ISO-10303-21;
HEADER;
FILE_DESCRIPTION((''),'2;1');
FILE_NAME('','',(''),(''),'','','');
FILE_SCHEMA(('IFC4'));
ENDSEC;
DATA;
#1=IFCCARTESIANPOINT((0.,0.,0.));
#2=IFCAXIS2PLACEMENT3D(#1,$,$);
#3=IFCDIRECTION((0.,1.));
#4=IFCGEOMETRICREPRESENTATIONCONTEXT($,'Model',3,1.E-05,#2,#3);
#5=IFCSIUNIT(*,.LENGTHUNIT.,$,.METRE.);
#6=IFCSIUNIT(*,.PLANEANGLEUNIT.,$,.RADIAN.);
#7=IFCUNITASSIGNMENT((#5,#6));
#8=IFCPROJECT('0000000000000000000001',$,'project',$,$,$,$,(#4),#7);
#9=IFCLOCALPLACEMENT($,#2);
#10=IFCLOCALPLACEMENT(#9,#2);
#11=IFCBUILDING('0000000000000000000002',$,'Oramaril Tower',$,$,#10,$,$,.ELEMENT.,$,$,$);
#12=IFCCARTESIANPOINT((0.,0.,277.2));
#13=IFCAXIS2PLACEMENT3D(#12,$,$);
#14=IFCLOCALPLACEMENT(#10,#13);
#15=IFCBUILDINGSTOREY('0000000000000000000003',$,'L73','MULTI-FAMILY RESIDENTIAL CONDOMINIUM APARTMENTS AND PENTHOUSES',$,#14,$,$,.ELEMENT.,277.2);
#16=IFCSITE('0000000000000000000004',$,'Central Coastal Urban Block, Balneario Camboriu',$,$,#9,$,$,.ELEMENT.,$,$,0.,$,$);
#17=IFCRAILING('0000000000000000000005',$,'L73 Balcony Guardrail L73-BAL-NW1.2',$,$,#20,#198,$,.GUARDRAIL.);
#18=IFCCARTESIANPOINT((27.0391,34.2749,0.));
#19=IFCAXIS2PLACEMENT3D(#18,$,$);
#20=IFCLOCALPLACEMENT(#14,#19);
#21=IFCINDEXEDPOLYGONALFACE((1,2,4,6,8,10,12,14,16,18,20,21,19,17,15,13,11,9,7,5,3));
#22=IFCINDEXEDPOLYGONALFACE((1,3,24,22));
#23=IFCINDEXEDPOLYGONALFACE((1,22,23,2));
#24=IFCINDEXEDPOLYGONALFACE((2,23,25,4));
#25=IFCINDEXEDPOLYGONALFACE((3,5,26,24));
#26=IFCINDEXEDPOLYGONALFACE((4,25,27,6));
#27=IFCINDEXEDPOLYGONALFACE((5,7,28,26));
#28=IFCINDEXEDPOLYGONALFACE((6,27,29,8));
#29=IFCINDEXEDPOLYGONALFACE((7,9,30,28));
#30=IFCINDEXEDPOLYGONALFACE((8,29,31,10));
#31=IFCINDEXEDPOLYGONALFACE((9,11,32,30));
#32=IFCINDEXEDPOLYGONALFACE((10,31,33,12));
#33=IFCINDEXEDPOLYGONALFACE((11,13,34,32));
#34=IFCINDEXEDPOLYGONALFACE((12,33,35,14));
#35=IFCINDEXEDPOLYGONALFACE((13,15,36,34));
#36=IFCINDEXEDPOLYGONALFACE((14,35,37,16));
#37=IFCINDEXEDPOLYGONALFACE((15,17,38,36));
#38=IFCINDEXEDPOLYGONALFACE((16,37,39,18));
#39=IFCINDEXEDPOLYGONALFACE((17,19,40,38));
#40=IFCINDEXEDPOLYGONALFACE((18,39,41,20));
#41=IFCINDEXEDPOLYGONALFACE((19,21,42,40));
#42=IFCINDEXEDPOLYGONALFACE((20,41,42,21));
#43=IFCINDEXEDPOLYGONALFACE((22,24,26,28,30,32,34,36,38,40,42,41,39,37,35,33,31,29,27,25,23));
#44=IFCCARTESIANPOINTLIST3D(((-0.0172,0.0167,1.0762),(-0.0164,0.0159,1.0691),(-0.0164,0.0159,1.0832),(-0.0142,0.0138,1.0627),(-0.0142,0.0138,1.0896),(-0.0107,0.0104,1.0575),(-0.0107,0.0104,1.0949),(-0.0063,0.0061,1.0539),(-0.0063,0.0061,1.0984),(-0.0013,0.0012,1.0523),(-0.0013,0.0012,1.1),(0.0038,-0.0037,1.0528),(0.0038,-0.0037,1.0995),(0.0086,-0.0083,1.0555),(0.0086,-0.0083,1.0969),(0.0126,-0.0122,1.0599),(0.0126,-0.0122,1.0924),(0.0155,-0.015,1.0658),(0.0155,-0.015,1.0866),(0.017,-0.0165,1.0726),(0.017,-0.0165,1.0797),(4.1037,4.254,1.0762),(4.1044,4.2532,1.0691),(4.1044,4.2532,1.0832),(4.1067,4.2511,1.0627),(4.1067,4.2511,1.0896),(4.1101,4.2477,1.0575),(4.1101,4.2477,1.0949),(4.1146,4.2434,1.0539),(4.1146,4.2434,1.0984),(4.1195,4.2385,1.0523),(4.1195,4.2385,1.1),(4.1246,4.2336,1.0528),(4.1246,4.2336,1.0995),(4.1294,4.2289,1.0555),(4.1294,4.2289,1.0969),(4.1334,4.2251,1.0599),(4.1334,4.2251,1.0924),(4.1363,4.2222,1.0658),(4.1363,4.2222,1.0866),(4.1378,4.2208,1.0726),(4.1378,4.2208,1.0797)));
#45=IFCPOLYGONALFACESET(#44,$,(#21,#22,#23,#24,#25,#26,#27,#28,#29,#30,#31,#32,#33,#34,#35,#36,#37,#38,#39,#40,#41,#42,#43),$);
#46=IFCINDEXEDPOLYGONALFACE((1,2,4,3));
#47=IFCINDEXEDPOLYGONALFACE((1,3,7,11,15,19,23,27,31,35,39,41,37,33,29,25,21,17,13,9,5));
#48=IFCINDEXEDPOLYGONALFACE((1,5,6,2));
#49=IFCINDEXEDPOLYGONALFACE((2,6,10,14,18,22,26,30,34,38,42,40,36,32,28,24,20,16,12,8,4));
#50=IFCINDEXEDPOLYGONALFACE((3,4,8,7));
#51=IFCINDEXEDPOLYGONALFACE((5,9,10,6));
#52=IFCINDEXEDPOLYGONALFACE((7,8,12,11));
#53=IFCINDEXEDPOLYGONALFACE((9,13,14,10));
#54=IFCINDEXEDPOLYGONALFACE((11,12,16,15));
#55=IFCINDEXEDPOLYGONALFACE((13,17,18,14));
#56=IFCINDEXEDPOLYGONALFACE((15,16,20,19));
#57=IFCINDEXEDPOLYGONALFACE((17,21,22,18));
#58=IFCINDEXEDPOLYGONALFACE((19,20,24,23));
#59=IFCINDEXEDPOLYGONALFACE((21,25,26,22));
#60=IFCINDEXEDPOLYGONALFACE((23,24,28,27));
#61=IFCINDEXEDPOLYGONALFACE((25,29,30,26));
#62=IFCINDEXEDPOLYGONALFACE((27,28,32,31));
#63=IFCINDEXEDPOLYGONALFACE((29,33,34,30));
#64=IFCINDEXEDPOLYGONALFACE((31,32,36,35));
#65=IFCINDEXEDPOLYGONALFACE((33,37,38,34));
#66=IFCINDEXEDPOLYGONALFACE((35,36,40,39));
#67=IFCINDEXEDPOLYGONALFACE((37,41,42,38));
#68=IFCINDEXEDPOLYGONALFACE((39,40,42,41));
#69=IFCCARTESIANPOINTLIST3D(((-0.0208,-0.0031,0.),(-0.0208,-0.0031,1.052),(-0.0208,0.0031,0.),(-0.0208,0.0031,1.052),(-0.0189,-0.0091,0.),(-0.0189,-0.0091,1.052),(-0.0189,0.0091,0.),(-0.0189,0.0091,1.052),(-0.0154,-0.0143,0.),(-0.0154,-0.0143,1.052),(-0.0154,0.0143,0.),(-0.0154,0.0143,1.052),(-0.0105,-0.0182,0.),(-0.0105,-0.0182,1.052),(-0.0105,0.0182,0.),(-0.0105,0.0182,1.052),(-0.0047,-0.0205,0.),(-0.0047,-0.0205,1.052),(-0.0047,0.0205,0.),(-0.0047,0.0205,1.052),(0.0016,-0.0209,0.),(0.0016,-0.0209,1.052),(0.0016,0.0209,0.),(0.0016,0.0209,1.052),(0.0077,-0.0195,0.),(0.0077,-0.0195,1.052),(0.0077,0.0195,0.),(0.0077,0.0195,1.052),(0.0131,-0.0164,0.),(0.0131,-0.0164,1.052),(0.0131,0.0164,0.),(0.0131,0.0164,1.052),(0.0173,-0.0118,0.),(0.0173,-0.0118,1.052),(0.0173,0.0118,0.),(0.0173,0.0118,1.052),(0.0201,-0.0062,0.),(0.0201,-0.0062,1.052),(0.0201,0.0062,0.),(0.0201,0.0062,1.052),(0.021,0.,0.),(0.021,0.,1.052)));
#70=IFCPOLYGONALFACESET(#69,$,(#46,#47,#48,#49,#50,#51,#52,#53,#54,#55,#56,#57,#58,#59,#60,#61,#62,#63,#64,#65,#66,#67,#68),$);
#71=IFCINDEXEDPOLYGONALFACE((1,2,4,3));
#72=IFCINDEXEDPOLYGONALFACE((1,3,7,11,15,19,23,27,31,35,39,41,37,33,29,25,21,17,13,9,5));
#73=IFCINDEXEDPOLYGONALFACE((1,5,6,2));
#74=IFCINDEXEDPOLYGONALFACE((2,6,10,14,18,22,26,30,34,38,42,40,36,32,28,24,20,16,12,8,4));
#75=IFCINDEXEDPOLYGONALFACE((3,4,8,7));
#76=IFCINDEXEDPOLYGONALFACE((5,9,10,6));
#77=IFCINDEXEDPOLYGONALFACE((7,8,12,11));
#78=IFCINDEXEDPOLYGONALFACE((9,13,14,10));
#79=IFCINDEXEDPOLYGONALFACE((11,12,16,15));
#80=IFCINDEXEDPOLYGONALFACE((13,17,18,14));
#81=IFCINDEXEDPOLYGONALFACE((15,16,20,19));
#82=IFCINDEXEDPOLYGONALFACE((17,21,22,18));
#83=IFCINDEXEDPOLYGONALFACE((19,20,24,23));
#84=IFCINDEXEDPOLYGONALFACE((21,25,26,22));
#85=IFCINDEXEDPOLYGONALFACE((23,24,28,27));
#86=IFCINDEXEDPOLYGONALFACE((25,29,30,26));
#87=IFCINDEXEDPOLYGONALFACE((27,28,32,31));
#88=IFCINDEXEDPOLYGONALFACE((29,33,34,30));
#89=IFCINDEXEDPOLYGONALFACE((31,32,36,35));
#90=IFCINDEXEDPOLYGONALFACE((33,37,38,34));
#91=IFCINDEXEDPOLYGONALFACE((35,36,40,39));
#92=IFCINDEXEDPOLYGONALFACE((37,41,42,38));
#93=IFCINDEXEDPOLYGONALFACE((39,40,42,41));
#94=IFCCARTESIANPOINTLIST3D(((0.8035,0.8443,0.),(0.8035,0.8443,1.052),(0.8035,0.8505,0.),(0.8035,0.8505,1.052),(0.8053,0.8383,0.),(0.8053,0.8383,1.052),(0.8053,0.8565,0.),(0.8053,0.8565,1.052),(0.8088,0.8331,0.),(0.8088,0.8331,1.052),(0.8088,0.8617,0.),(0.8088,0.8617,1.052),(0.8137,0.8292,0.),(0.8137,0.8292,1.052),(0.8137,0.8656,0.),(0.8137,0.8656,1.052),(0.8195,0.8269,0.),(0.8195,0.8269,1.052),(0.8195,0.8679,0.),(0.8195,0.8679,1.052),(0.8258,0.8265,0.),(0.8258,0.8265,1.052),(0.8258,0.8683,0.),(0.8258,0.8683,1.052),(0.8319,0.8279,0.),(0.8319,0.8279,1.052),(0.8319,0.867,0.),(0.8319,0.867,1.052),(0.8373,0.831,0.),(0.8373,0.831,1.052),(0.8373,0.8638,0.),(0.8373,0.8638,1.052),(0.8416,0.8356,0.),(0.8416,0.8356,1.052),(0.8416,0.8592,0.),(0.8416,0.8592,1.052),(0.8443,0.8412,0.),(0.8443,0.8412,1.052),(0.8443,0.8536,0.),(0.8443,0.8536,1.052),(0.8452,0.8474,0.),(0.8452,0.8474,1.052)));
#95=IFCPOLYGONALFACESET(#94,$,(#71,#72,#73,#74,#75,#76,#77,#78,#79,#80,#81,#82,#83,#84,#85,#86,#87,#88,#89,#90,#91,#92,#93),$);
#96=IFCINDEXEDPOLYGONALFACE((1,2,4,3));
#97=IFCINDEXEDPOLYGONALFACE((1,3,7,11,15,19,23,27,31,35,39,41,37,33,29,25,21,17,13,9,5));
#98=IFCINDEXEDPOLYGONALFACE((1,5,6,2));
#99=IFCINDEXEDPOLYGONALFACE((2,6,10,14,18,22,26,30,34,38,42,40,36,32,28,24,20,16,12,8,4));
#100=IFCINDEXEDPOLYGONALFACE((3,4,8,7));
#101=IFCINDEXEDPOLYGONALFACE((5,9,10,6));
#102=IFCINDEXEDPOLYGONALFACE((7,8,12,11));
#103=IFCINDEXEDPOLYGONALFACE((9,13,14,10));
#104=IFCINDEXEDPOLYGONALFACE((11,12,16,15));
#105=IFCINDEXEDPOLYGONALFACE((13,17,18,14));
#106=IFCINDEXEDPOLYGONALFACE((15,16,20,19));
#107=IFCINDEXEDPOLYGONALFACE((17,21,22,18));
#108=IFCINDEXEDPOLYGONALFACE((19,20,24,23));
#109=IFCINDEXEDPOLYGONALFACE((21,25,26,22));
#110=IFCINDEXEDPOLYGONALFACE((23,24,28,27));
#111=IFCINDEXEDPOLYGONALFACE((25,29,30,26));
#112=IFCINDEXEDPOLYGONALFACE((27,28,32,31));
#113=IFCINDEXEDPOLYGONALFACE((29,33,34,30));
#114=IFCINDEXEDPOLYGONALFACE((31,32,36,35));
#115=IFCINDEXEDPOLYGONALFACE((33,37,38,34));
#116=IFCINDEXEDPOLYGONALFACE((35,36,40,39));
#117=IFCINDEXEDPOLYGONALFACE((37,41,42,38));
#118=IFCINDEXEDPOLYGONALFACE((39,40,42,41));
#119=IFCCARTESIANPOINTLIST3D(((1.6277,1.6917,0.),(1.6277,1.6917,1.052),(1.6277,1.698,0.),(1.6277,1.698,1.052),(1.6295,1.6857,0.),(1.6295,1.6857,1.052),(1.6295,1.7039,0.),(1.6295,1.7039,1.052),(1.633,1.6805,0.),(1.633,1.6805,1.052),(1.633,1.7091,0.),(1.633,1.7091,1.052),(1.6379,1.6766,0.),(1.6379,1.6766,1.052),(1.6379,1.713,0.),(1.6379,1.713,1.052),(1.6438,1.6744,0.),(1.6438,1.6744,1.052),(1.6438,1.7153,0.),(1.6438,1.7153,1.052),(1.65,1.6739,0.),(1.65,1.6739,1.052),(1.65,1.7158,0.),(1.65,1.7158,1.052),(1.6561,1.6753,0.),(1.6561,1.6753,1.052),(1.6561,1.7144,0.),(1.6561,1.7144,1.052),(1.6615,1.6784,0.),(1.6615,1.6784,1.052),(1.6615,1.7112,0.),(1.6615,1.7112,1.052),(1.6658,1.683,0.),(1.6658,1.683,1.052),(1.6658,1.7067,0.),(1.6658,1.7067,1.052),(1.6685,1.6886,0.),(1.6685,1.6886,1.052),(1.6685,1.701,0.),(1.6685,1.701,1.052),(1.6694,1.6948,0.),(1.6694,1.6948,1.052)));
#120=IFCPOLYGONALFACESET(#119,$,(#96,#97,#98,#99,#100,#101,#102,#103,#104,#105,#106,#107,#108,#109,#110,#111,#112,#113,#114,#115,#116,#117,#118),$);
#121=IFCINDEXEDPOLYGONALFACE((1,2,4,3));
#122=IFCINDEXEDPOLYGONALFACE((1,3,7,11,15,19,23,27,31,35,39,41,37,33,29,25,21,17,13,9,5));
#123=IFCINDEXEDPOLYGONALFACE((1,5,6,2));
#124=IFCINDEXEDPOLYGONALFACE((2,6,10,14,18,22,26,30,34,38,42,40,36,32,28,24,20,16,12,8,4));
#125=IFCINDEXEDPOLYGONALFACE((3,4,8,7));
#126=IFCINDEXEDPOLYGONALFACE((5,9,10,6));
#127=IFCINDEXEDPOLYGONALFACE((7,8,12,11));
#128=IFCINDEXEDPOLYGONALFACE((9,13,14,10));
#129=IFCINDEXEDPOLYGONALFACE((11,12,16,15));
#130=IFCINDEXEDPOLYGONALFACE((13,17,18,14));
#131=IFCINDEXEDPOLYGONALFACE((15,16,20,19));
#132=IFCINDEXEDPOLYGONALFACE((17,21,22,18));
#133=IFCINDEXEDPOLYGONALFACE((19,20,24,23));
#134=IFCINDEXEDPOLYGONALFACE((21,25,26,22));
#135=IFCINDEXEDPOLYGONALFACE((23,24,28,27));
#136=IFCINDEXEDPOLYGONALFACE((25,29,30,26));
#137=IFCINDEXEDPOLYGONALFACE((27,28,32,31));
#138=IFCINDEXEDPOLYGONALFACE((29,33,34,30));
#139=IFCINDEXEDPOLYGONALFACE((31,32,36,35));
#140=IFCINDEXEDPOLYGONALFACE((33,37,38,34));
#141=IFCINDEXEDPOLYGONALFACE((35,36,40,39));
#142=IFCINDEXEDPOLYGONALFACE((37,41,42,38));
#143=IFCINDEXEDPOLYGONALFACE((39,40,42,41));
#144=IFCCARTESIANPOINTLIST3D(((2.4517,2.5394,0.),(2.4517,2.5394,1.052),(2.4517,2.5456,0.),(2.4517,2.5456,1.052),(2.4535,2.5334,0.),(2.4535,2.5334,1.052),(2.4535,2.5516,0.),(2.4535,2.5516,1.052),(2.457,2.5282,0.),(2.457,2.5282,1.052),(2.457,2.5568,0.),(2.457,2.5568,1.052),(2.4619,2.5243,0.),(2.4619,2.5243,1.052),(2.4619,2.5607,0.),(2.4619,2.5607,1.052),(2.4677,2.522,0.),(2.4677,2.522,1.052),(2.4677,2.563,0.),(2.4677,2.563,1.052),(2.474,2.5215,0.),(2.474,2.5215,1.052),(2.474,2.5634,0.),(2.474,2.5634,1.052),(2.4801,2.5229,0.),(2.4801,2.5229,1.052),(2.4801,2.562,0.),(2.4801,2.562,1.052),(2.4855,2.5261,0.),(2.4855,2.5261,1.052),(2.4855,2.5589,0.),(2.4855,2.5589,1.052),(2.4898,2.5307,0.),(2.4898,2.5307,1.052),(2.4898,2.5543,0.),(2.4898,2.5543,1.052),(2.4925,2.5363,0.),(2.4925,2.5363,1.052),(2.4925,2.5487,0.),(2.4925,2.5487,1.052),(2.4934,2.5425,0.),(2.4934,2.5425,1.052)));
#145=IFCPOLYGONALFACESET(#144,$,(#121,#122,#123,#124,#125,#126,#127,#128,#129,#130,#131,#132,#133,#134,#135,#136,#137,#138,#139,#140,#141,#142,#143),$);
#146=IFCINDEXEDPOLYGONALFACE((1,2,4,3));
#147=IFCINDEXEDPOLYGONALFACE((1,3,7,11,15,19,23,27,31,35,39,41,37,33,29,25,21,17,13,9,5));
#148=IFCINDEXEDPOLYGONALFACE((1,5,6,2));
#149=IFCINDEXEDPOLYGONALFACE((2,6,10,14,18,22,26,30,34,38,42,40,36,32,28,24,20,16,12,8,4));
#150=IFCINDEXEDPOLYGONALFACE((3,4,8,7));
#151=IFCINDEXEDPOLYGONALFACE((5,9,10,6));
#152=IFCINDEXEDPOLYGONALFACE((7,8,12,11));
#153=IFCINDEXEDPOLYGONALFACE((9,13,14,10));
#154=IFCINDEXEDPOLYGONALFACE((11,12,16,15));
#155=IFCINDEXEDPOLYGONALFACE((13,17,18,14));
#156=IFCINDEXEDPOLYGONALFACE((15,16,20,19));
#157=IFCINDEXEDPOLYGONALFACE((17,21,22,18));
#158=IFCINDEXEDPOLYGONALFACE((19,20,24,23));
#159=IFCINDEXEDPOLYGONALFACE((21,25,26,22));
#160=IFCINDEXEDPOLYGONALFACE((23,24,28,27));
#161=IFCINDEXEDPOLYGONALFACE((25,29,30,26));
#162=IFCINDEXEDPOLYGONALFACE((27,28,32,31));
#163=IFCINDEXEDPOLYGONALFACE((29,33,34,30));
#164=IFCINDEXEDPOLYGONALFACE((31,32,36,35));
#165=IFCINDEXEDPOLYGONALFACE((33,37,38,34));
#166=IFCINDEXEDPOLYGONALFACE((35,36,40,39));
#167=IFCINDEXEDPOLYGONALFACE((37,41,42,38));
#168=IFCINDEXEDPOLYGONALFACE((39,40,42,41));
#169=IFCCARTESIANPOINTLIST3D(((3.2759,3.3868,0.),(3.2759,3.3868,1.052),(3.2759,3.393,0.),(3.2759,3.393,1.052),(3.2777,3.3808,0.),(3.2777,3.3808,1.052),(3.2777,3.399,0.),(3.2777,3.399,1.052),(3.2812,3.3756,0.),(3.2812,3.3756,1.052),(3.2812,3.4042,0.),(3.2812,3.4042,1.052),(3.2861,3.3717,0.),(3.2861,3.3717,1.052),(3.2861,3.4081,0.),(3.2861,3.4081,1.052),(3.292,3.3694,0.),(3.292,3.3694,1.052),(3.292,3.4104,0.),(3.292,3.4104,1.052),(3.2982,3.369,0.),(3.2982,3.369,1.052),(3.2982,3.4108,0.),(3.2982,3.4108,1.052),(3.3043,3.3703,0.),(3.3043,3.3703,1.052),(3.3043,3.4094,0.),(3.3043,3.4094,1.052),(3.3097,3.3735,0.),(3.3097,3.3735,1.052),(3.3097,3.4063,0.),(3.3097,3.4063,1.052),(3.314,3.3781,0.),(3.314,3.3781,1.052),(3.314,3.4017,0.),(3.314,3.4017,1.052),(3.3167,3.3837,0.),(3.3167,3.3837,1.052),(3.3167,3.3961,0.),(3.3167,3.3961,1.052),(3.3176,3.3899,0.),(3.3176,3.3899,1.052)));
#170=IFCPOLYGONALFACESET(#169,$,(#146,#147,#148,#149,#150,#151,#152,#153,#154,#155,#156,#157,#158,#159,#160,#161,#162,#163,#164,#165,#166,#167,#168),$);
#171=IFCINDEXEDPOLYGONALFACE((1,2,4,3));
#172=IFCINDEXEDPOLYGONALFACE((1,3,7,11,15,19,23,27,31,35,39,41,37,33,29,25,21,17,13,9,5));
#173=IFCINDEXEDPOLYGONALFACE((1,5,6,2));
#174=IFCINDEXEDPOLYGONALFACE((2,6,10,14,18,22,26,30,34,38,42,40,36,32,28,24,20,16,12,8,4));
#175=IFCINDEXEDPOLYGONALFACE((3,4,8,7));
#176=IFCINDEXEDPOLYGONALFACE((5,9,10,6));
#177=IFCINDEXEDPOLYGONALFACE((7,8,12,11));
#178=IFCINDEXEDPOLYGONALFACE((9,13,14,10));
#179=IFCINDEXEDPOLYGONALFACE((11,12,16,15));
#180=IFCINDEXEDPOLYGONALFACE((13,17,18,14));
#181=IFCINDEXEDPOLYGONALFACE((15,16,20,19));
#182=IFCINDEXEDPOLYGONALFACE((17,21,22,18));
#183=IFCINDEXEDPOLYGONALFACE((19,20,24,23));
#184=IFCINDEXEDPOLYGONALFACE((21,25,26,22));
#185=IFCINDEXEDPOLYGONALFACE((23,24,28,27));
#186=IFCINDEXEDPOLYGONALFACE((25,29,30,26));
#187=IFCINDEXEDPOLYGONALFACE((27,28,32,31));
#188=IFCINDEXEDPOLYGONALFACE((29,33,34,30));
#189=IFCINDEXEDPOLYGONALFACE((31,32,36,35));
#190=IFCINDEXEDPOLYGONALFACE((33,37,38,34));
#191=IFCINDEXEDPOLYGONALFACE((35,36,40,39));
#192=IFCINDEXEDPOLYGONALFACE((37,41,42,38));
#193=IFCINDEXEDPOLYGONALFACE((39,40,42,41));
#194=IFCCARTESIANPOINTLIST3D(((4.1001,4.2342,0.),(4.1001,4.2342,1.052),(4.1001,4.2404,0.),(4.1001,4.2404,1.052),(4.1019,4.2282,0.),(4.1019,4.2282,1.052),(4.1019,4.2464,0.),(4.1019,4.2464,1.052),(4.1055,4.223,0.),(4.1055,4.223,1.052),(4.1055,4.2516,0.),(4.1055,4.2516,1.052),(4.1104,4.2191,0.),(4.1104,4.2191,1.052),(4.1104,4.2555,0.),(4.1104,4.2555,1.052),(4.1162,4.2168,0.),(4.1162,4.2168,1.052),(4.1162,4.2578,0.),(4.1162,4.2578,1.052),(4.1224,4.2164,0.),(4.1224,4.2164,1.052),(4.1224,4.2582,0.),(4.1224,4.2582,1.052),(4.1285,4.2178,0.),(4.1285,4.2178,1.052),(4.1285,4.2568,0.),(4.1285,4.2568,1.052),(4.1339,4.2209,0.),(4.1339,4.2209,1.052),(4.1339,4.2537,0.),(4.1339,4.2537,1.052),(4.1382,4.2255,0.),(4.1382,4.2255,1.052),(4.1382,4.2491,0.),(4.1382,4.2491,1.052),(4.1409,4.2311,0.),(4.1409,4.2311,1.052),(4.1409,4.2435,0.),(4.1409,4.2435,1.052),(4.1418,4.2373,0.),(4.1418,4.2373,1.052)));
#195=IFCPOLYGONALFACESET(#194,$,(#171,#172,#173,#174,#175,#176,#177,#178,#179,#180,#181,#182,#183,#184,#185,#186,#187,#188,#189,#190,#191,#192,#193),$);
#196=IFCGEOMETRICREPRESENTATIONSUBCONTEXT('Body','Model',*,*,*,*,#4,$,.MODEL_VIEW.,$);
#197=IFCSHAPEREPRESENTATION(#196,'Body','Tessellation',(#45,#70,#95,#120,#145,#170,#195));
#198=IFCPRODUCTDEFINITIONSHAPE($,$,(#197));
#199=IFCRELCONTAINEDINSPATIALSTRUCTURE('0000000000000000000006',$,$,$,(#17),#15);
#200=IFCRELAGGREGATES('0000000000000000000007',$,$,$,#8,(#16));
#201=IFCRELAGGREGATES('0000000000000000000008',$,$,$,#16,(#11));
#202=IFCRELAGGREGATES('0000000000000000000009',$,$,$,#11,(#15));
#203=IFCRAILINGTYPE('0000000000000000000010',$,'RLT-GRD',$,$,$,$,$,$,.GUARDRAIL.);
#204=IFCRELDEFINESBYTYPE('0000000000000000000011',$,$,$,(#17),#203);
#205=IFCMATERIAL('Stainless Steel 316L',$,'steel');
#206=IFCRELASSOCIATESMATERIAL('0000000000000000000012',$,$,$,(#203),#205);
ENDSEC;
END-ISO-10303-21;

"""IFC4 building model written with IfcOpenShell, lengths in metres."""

from ifc_helpers import new_model, si_unit, direction, frame, origin, origin_2d, place, context, subcontext, project, spatial, circle, extrude, material, type_object, element, save


model = new_model("IFC4")

# Units and contexts
model_context = context("Model", 3, precision=1e-05, world=origin(), true_north=direction((0.0, 1.0)))
body_context = subcontext(model_context, "Body", "Model", "MODEL_VIEW")
ifc_project = project(units=[si_unit("LENGTHUNIT", "METRE"), si_unit("PLANEANGLEUNIT", "RADIAN")], contexts=[model_context])

# Site, building, storey
site_placement = place(None, origin())
site = spatial("IfcSite", under=ifc_project, at=site_placement, Name="Central Coastal Urban Block, Balneario Camboriu", CompositionType="ELEMENT", RefElevation=0.0)
building_placement = place(site_placement, origin())
building = spatial("IfcBuilding", under=site, at=building_placement, Name="Oramaril Tower", CompositionType="ELEMENT")
storey_placement = place(building_placement, frame((0.0, 0.0, 277.2)))
storey = spatial("IfcBuildingStorey", under=building, at=storey_placement, Name="L73", Description="MULTI-FAMILY RESIDENTIAL CONDOMINIUM APARTMENTS AND PENTHOUSES", CompositionType="ELEMENT", Elevation=277.2)

# Railing
ifc_material_1 = material(Name="Stainless Steel 316L", Category="steel")
railing_type = type_object("IfcRailingType", Name="RLT-GRD", PredefinedType="GUARDRAIL", material=ifc_material_1)
railing_1_placement = place(storey_placement, frame((27.0391, 34.2749, 0.0)))
element("IfcRailing", 1, at=railing_1_placement, inside=storey, type_object=railing_type, Name="L73 Balcony Guardrail L73-BAL-NW1.2", PredefinedType="GUARDRAIL", context=body_context, shape_type="SweptSolid", body=[
    extrude(circle(Radius=0.0239, at=origin_2d()), frame((0.0, 0.0, 1.0762), z_axis=(0.697187, 0.716889, 0.0), x_axis=(-0.716889, 0.697187, 0.0)), (0.0, 0.0, 1.0), 5.9106),
    extrude(circle(Radius=0.021, at=origin_2d()), origin(), (0.0, 0.0, 1.0), 1.052),
    extrude(circle(Radius=0.021, at=origin_2d()), frame((0.8242, 0.8474, 0.0)), (0.0, 0.0, 1.0), 1.052),
    extrude(circle(Radius=0.021, at=origin_2d()), frame((1.6484, 1.6948, 0.0)), (0.0, 0.0, 1.0), 1.052),
    extrude(circle(Radius=0.021, at=origin_2d()), frame((2.4724, 2.5425, 0.0)), (0.0, 0.0, 1.0), 1.052),
    extrude(circle(Radius=0.021, at=origin_2d()), frame((3.2966, 3.3899, 0.0)), (0.0, 0.0, 1.0), 1.052),
    extrude(circle(Radius=0.021, at=origin_2d()), frame((4.1208, 4.2373, 0.0)), (0.0, 0.0, 1.0), 1.052),
])

save(model, "model.ifc")
